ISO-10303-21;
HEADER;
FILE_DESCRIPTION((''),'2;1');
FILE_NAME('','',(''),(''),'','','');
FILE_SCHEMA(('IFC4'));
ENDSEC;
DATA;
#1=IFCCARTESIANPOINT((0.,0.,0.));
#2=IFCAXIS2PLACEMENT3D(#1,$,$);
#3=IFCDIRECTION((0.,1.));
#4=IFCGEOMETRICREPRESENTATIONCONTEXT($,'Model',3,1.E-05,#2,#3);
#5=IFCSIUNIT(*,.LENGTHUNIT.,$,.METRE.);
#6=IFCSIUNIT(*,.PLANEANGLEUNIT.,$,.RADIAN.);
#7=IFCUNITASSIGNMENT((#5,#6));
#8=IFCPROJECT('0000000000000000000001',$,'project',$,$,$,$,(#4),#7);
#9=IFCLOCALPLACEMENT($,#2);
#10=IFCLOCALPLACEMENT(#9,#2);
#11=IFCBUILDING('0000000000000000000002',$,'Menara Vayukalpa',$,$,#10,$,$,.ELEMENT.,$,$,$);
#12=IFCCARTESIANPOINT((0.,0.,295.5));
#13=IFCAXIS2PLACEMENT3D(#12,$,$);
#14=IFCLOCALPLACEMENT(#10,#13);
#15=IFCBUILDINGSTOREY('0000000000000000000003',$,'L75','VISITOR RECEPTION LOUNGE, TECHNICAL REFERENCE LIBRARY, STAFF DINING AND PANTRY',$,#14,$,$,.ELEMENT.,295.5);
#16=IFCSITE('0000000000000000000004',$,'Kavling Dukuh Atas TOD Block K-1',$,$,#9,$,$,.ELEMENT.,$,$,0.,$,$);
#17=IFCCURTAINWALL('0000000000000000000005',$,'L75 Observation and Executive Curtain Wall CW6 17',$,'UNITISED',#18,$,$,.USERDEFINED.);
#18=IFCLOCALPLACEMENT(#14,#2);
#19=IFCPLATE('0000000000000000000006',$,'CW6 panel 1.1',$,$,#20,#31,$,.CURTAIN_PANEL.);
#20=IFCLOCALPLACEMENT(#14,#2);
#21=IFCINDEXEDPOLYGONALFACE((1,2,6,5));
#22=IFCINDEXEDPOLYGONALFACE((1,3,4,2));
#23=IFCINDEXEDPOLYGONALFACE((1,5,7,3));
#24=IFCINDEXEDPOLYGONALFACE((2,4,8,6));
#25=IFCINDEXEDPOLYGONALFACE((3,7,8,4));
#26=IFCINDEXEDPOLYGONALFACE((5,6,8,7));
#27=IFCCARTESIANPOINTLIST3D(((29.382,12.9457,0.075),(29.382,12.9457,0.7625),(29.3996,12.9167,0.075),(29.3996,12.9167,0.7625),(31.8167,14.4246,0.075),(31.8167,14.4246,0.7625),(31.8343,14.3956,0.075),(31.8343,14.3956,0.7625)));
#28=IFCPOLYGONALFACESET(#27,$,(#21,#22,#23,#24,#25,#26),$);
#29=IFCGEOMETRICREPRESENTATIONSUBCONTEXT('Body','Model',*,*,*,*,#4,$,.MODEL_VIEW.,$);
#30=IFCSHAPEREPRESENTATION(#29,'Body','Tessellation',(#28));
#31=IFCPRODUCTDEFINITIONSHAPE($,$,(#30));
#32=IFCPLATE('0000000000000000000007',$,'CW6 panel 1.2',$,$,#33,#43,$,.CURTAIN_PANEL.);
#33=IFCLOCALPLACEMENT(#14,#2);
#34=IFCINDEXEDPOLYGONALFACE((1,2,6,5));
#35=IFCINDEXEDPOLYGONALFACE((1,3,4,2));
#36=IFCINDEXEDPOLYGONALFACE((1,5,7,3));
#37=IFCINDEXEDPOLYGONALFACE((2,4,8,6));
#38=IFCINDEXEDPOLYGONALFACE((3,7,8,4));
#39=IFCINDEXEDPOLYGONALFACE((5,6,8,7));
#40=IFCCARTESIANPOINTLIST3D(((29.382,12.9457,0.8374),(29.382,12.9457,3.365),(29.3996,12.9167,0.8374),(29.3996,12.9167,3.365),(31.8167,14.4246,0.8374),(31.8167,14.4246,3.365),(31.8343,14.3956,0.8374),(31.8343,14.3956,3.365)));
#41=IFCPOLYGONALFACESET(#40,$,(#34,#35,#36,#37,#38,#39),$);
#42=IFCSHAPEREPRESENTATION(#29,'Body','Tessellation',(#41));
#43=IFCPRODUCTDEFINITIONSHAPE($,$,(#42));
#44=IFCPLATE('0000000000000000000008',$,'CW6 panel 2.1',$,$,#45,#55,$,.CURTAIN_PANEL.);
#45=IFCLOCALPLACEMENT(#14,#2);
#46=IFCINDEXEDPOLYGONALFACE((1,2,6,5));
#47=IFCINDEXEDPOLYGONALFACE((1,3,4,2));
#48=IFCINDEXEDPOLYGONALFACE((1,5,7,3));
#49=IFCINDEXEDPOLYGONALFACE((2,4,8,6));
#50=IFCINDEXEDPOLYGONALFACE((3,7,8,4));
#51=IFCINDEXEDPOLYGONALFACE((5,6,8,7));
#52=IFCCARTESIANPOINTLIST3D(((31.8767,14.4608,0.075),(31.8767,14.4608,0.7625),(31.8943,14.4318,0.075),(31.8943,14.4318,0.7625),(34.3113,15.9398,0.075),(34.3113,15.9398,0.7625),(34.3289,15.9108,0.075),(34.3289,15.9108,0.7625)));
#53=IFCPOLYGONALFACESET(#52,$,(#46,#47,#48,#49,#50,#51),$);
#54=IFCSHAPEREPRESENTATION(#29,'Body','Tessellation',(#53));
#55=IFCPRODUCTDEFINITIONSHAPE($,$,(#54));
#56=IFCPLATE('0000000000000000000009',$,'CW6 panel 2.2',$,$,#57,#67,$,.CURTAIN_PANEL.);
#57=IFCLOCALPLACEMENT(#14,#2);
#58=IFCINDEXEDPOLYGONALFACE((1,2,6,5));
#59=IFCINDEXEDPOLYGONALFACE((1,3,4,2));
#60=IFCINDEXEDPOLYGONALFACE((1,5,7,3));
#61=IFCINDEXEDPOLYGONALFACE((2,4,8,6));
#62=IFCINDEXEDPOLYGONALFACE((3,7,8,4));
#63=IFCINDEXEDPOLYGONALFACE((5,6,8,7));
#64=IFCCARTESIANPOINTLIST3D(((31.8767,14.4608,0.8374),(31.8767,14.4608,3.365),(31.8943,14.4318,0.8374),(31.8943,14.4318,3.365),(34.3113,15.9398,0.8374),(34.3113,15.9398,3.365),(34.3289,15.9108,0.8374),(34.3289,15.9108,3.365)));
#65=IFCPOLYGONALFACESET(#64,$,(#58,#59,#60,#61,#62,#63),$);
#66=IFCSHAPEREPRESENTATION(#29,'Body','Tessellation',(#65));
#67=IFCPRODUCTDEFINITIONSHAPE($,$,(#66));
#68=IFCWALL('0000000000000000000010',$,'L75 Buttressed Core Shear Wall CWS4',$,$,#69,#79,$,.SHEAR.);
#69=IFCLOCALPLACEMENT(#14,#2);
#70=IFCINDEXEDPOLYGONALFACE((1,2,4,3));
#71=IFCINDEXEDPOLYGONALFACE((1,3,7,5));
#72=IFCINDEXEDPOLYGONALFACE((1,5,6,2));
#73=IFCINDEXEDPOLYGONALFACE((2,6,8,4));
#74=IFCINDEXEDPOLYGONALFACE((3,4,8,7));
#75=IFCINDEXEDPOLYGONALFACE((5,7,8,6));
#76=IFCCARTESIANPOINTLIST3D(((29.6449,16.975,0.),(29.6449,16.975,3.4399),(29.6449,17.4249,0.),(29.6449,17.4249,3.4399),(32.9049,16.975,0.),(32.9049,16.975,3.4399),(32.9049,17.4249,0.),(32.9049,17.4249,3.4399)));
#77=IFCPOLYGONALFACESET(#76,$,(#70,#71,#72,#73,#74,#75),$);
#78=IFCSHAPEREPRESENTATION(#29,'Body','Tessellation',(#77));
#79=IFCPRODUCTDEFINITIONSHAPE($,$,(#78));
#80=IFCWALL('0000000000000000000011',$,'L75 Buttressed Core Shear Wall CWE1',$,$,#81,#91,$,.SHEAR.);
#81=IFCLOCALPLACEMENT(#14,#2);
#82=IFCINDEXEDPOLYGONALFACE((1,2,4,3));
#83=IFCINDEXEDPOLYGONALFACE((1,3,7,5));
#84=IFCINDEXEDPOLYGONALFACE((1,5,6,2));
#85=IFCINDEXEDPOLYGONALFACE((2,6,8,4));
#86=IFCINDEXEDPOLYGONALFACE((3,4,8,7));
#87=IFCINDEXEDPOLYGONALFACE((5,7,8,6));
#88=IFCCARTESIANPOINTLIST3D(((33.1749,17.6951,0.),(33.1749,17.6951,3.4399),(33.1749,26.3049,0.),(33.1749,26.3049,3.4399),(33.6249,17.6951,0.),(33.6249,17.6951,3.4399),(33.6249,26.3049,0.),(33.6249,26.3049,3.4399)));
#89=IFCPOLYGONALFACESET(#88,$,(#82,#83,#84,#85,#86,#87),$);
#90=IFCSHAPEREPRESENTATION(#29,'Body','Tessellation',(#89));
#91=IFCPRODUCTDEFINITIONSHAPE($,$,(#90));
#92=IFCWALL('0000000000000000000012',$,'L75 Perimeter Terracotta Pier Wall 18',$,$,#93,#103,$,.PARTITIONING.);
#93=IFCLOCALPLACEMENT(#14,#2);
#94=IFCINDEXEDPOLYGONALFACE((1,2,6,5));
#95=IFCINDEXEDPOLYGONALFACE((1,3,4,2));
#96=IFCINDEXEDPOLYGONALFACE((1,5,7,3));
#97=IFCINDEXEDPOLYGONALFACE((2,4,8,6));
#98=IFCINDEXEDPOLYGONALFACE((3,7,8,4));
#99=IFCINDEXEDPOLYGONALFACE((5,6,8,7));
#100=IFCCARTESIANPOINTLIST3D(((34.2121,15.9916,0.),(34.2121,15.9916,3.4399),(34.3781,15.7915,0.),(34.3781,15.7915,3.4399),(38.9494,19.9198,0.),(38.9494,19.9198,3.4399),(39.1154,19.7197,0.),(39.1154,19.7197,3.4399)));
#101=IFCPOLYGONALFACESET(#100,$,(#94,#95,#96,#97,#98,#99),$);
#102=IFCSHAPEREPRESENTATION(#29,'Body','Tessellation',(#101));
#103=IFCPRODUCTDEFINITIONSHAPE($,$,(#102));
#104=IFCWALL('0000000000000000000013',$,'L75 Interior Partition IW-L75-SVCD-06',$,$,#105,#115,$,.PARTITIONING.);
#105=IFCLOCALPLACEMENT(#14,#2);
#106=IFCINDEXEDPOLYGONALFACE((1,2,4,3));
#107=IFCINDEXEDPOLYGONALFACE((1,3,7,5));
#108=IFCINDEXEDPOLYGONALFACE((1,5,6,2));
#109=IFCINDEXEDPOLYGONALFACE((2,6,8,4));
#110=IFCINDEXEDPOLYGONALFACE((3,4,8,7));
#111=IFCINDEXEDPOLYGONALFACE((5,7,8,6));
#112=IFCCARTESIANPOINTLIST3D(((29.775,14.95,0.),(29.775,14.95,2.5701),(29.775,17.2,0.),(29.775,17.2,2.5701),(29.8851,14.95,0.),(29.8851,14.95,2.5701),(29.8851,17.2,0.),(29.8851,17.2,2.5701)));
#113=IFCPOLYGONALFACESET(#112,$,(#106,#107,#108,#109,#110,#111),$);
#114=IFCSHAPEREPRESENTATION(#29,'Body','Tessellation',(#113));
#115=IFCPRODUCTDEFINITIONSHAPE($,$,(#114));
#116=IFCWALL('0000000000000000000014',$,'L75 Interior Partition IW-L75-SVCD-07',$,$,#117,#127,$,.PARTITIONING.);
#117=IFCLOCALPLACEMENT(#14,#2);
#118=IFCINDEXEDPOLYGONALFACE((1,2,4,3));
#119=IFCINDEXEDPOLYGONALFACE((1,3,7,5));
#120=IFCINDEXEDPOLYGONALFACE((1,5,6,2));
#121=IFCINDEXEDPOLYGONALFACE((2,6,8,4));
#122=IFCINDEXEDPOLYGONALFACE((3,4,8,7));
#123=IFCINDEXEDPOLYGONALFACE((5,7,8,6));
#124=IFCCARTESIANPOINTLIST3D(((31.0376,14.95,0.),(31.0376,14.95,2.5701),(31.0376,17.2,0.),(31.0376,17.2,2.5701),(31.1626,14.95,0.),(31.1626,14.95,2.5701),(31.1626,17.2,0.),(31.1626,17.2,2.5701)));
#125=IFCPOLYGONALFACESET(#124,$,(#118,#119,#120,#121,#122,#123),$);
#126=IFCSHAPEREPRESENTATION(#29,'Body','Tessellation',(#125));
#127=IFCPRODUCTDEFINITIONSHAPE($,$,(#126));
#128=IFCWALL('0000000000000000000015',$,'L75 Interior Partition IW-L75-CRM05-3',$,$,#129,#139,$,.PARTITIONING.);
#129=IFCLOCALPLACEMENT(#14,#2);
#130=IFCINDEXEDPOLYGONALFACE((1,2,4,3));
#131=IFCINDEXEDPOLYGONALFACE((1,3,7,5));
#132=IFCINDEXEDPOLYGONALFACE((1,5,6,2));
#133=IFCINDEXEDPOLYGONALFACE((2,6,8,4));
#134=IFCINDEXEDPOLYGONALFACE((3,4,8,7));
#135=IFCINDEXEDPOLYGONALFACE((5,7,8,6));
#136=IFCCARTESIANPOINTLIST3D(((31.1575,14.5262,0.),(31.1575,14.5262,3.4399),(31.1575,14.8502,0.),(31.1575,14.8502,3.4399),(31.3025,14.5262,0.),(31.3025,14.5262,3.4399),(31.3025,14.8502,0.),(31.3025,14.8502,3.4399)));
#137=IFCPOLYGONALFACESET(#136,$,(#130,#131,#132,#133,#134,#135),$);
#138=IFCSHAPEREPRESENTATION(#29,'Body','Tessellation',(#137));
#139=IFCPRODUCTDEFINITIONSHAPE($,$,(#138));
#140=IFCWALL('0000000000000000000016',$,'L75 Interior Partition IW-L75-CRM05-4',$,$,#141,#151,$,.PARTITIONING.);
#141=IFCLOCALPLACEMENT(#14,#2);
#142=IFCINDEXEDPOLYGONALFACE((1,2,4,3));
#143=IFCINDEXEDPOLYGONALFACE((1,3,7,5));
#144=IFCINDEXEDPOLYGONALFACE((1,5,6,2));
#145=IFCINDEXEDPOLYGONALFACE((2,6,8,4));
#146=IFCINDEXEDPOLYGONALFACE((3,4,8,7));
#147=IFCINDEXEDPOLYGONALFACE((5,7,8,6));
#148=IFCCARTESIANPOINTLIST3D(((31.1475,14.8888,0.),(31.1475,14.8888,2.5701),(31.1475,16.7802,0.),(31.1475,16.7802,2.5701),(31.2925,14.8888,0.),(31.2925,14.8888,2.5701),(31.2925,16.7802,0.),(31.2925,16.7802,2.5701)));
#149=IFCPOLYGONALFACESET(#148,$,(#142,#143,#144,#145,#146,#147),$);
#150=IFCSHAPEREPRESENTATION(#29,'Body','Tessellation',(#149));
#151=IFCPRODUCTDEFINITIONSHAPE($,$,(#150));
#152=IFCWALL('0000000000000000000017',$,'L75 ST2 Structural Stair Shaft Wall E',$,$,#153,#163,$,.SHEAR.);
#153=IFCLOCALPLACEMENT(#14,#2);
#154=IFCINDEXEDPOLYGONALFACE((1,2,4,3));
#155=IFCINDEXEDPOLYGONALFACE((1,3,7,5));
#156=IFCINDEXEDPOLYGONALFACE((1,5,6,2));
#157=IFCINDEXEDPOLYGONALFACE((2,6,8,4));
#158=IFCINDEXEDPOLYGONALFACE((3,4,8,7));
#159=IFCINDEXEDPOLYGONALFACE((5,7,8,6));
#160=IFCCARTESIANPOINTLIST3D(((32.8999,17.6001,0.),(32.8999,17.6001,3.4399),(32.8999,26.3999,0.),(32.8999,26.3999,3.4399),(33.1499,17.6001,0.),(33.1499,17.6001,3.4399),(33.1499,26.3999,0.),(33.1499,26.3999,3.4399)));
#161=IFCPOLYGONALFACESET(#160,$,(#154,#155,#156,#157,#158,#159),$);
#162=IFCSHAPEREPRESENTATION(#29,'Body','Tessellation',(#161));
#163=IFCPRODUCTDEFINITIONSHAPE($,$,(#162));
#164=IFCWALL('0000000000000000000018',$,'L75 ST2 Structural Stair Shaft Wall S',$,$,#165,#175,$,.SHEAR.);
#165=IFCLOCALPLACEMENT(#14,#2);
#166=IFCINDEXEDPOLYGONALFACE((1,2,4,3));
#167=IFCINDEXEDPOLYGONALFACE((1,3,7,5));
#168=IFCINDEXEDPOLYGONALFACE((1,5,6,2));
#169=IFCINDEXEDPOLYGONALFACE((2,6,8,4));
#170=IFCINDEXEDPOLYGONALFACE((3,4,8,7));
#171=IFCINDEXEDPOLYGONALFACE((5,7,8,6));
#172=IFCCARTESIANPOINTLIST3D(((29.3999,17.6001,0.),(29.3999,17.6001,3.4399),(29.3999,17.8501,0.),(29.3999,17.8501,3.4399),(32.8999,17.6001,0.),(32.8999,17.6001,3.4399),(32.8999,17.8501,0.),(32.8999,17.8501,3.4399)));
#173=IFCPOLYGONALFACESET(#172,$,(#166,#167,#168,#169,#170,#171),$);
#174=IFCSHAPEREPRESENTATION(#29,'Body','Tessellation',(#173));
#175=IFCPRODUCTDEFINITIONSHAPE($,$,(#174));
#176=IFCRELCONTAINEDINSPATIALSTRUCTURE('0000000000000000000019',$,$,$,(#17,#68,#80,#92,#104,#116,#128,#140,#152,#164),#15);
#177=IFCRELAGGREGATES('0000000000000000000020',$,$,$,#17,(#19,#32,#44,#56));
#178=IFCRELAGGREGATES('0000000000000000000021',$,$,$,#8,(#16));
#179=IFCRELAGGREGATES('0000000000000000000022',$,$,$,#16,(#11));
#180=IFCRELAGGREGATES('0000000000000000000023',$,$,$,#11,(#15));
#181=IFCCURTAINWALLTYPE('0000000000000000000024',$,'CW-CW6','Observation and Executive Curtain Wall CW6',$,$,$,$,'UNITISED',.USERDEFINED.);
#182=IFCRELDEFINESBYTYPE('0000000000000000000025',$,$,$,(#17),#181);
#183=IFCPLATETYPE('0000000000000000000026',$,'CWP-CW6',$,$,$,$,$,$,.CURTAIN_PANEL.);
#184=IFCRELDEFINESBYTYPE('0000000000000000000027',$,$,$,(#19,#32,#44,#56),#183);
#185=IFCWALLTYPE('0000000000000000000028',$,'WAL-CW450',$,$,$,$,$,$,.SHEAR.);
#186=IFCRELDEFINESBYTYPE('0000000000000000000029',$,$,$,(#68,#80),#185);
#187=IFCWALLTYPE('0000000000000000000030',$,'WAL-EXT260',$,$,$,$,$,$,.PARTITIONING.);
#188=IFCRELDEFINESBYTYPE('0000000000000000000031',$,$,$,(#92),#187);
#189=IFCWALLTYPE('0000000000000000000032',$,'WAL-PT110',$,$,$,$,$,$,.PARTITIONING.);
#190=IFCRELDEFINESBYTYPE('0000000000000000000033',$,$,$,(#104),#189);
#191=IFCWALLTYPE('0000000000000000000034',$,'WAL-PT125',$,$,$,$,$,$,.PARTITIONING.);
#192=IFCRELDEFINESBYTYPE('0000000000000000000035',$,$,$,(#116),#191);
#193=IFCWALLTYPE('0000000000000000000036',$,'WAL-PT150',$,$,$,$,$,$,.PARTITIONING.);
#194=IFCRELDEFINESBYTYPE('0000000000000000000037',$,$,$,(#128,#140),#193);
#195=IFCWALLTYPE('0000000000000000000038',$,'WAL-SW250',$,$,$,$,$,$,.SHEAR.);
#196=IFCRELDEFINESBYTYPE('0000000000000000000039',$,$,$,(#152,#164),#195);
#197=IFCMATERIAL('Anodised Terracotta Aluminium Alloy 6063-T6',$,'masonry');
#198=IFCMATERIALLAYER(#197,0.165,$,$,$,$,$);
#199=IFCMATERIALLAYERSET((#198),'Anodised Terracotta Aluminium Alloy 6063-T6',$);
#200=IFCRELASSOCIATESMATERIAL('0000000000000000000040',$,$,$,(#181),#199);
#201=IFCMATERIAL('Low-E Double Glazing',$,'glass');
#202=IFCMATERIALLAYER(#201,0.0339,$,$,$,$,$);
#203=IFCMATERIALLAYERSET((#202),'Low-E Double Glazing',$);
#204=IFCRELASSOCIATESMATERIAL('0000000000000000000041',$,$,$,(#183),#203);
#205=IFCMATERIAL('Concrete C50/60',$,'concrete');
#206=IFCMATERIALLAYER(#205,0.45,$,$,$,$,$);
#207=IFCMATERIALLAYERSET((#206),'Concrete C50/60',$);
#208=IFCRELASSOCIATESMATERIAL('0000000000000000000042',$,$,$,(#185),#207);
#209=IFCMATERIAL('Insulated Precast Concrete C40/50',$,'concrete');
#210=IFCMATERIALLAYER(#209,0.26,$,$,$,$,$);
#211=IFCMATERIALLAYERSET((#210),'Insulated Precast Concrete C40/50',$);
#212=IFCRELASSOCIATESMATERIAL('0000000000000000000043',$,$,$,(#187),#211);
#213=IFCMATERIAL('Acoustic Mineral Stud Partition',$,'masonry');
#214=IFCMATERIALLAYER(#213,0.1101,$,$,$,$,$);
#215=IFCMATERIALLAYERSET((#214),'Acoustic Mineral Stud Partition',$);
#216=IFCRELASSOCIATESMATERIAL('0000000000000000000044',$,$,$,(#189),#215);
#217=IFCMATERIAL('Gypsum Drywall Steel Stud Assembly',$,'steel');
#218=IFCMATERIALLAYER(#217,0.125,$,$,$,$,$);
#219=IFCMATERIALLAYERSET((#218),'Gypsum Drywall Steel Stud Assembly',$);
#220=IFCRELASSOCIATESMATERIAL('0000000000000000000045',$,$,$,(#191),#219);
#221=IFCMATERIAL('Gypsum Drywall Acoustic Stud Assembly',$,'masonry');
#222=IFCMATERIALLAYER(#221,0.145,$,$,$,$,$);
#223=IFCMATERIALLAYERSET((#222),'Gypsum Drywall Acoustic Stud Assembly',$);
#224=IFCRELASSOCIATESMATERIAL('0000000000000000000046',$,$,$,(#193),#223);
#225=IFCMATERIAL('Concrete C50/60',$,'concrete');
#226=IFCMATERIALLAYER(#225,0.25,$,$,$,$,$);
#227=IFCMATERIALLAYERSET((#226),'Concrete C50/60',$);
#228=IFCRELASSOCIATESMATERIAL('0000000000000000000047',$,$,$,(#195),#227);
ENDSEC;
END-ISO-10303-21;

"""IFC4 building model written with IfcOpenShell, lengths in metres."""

from ifc_helpers import new_model, si_unit, direction, frame, frame_2d, origin, origin_2d, place, context, subcontext, project, spatial, rectangle, extrude, material, layer, layer_set, type_object, element, aggregate, save


model = new_model("IFC4")

# Units and contexts
model_context = context("Model", 3, precision=1e-05, world=origin(), true_north=direction((0.0, 1.0)))
body_context = subcontext(model_context, "Body", "Model", "MODEL_VIEW")
ifc_project = project(units=[si_unit("LENGTHUNIT", "METRE"), si_unit("PLANEANGLEUNIT", "RADIAN")], contexts=[model_context])

# Site, building, storey
site_placement = place(None, origin())
site = spatial("IfcSite", under=ifc_project, at=site_placement, Name="Kavling Dukuh Atas TOD Block K-1", CompositionType="ELEMENT", RefElevation=0.0)
building_placement = place(site_placement, origin())
building = spatial("IfcBuilding", under=site, at=building_placement, Name="Menara Vayukalpa", CompositionType="ELEMENT")
storey_placement = place(building_placement, frame((0.0, 0.0, 295.5)))
storey = spatial("IfcBuildingStorey", under=building, at=storey_placement, Name="L75", Description="VISITOR RECEPTION LOUNGE, TECHNICAL REFERENCE LIBRARY, STAFF DINING AND PANTRY", CompositionType="ELEMENT", Elevation=295.5)

# Curtain wall, plates
ifc_material_1 = material(Name="Anodised Terracotta Aluminium Alloy 6063-T6", Category="masonry")
ifc_layer_1 = layer(ifc_material_1, 0.165)
ifc_layer_set_1 = layer_set([ifc_layer_1], Name="Anodised Terracotta Aluminium Alloy 6063-T6")
curtain_wall_type = type_object("IfcCurtainWallType", Name="CW-CW6", Description="Observation and Executive Curtain Wall CW6", ElementType="UNITISED", PredefinedType="USERDEFINED", material=ifc_layer_set_1)
curtain_wall_placement = place(storey_placement, origin())
curtain_wall = element("IfcCurtainWall", 1, at=curtain_wall_placement, inside=storey, type_object=curtain_wall_type, Name="L75 Observation and Executive Curtain Wall CW6 17", ObjectType="UNITISED", PredefinedType="USERDEFINED")
ifc_material_2 = material(Name="Low-E Double Glazing", Category="glass")
ifc_layer_2 = layer(ifc_material_2, 0.0339)
ifc_layer_set_2 = layer_set([ifc_layer_2], Name="Low-E Double Glazing")
plate_type = type_object("IfcPlateType", Name="CWP-CW6", PredefinedType="CURTAIN_PANEL", material=ifc_layer_set_2)
plate_1_placement = place(storey_placement, frame((30.6082, 13.6707, 0.075), z_axis=(0.0, 0.0, 1.0), x_axis=(0.854668, 0.519176, 0.0)))
plate_1 = element("IfcPlate", 2, at=plate_1_placement, type_object=plate_type, Name="CW6 panel 1.1", PredefinedType="CURTAIN_PANEL", context=body_context, shape_type="SweptSolid", body=[
    extrude(rectangle(XDim=2.8486, YDim=0.0339, at=origin_2d()), origin(), (0.0, 0.0, 1.0), 0.6875),
])
plate_2_placement = place(storey_placement, frame((30.6082, 13.6707, 0.8374), z_axis=(0.0, 0.0, 1.0), x_axis=(0.854668, 0.519176, 0.0)))
plate_2 = element("IfcPlate", 3, at=plate_2_placement, type_object=plate_type, Name="CW6 panel 1.2", PredefinedType="CURTAIN_PANEL", context=body_context, shape_type="SweptSolid", body=[
    extrude(rectangle(XDim=2.8486, YDim=0.0339, at=origin_2d()), origin(), (0.0, 0.0, 1.0), 2.5276),
])
plate_3_placement = place(storey_placement, frame((33.1028, 15.1858, 0.075), z_axis=(0.0, 0.0, 1.0), x_axis=(0.854668, 0.519176, 0.0)))
plate_3 = element("IfcPlate", 4, at=plate_3_placement, type_object=plate_type, Name="CW6 panel 2.1", PredefinedType="CURTAIN_PANEL", context=body_context, shape_type="SweptSolid", body=[
    extrude(rectangle(XDim=2.8486, YDim=0.0339, at=origin_2d()), origin(), (0.0, 0.0, 1.0), 0.6875),
])
plate_4_placement = place(storey_placement, frame((33.1028, 15.1858, 0.8374), z_axis=(0.0, 0.0, 1.0), x_axis=(0.854668, 0.519176, 0.0)))
plate_4 = element("IfcPlate", 5, at=plate_4_placement, type_object=plate_type, Name="CW6 panel 2.2", PredefinedType="CURTAIN_PANEL", context=body_context, shape_type="SweptSolid", body=[
    extrude(rectangle(XDim=2.8486, YDim=0.0339, at=origin_2d()), origin(), (0.0, 0.0, 1.0), 2.5276),
])
aggregate(curtain_wall, [plate_1, plate_2, plate_3, plate_4])

# Walls
ifc_material_3 = material(Name="Concrete C50/60", Category="concrete")
ifc_layer_3 = layer(ifc_material_3, 0.45)
ifc_layer_set_3 = layer_set([ifc_layer_3], Name="Concrete C50/60")
wall_type_1 = type_object("IfcWallType", Name="WAL-CW450", PredefinedType="SHEAR", material=ifc_layer_set_3)
wall_1_placement = place(storey_placement, frame((29.645, 17.2, 0.0), z_axis=(0.0, 0.0, 1.0), x_axis=(1.0, 0.0, 0.0)))
element("IfcWall", 6, at=wall_1_placement, inside=storey, type_object=wall_type_1, Name="L75 Buttressed Core Shear Wall CWS4", PredefinedType="SHEAR", context=body_context, shape_type="SweptSolid", body=[
    extrude(rectangle(XDim=3.26, YDim=0.45, at=frame_2d((1.6299, 0.0))), origin(), (0.0, 0.0, 1.0), 3.4399),
])
wall_2_placement = place(storey_placement, frame((33.3999, 17.6951, 0.0), z_axis=(0.0, 0.0, 1.0), x_axis=(0.0, 1.0, 0.0)))
element("IfcWall", 7, at=wall_2_placement, inside=storey, type_object=wall_type_1, Name="L75 Buttressed Core Shear Wall CWE1", PredefinedType="SHEAR", context=body_context, shape_type="SweptSolid", body=[
    extrude(rectangle(XDim=8.6099, YDim=0.45, at=frame_2d((4.3049, 0.0))), origin(), (0.0, 0.0, 1.0), 3.4399),
])
ifc_material_4 = material(Name="Insulated Precast Concrete C40/50", Category="concrete")
ifc_layer_4 = layer(ifc_material_4, 0.26)
ifc_layer_set_4 = layer_set([ifc_layer_4], Name="Insulated Precast Concrete C40/50")
wall_type_2 = type_object("IfcWallType", Name="WAL-EXT260", PredefinedType="PARTITIONING", material=ifc_layer_set_4)
wall_3_placement = place(storey_placement, frame((39.0325, 19.8198, 0.0), z_axis=(0.0, 0.0, 1.0), x_axis=(-0.76978, -0.638309, 0.0)))
element("IfcWall", 8, at=wall_3_placement, inside=storey, type_object=wall_type_2, Name="L75 Perimeter Terracotta Pier Wall 18", PredefinedType="PARTITIONING", context=body_context, shape_type="SweptSolid", body=[
    extrude(rectangle(XDim=6.1541, YDim=0.26, at=frame_2d((3.0771, 0.0))), origin(), (0.0, 0.0, 1.0), 3.4399),
])
ifc_material_5 = material(Name="Acoustic Mineral Stud Partition", Category="masonry")
ifc_layer_5 = layer(ifc_material_5, 0.1101)
ifc_layer_set_5 = layer_set([ifc_layer_5], Name="Acoustic Mineral Stud Partition")
wall_type_3 = type_object("IfcWallType", Name="WAL-PT110", PredefinedType="PARTITIONING", material=ifc_layer_set_5)
wall_4_placement = place(storey_placement, frame((29.8301, 14.95, 0.0), z_axis=(0.0, 0.0, 1.0), x_axis=(0.0, 1.0, 0.0)))
element("IfcWall", 9, at=wall_4_placement, inside=storey, type_object=wall_type_3, Name="L75 Interior Partition IW-L75-SVCD-06", PredefinedType="PARTITIONING", context=body_context, shape_type="SweptSolid", body=[
    extrude(rectangle(XDim=2.25, YDim=0.1101, at=frame_2d((1.125, 0.0))), origin(), (0.0, 0.0, 1.0), 2.5701),
])
ifc_material_6 = material(Name="Gypsum Drywall Steel Stud Assembly", Category="steel")
ifc_layer_6 = layer(ifc_material_6, 0.125)
ifc_layer_set_6 = layer_set([ifc_layer_6], Name="Gypsum Drywall Steel Stud Assembly")
wall_type_4 = type_object("IfcWallType", Name="WAL-PT125", PredefinedType="PARTITIONING", material=ifc_layer_set_6)
wall_5_placement = place(storey_placement, frame((31.1001, 14.95, 0.0), z_axis=(0.0, 0.0, 1.0), x_axis=(0.0, 1.0, 0.0)))
element("IfcWall", 10, at=wall_5_placement, inside=storey, type_object=wall_type_4, Name="L75 Interior Partition IW-L75-SVCD-07", PredefinedType="PARTITIONING", context=body_context, shape_type="SweptSolid", body=[
    extrude(rectangle(XDim=2.25, YDim=0.125, at=frame_2d((1.125, 0.0))), origin(), (0.0, 0.0, 1.0), 2.5701),
])
ifc_material_7 = material(Name="Gypsum Drywall Acoustic Stud Assembly", Category="masonry")
ifc_layer_7 = layer(ifc_material_7, 0.145)
ifc_layer_set_7 = layer_set([ifc_layer_7], Name="Gypsum Drywall Acoustic Stud Assembly")
wall_type_5 = type_object("IfcWallType", Name="WAL-PT150", PredefinedType="PARTITIONING", material=ifc_layer_set_7)
wall_6_placement = place(storey_placement, frame((31.23, 14.5261, 0.0), z_axis=(0.0, 0.0, 1.0), x_axis=(0.0, 1.0, 0.0)))
element("IfcWall", 11, at=wall_6_placement, inside=storey, type_object=wall_type_5, Name="L75 Interior Partition IW-L75-CRM05-3", PredefinedType="PARTITIONING", context=body_context, shape_type="SweptSolid", body=[
    extrude(rectangle(XDim=0.324, YDim=0.145, at=frame_2d((0.1621, 0.0))), origin(), (0.0, 0.0, 1.0), 3.4399),
])
wall_7_placement = place(storey_placement, frame((31.22, 14.8887, 0.0), z_axis=(0.0, 0.0, 1.0), x_axis=(0.0, 1.0, 0.0)))
element("IfcWall", 12, at=wall_7_placement, inside=storey, type_object=wall_type_5, Name="L75 Interior Partition IW-L75-CRM05-4", PredefinedType="PARTITIONING", context=body_context, shape_type="SweptSolid", body=[
    extrude(rectangle(XDim=1.8914, YDim=0.145, at=frame_2d((0.9458, 0.0))), origin(), (0.0, 0.0, 1.0), 2.5701),
])
ifc_material_8 = material(Name="Concrete C50/60", Category="concrete")
ifc_layer_8 = layer(ifc_material_8, 0.25)
ifc_layer_set_8 = layer_set([ifc_layer_8], Name="Concrete C50/60")
wall_type_6 = type_object("IfcWallType", Name="WAL-SW250", PredefinedType="SHEAR", material=ifc_layer_set_8)
wall_8_placement = place(storey_placement, frame((33.0249, 17.6001, 0.0), z_axis=(0.0, 0.0, 1.0), x_axis=(0.0, 1.0, 0.0)))
element("IfcWall", 13, at=wall_8_placement, inside=storey, type_object=wall_type_6, Name="L75 ST2 Structural Stair Shaft Wall E", PredefinedType="SHEAR", context=body_context, shape_type="SweptSolid", body=[
    extrude(rectangle(XDim=8.7998, YDim=0.25, at=frame_2d((4.3999, 0.0))), origin(), (0.0, 0.0, 1.0), 3.4399),
])
wall_9_placement = place(storey_placement, frame((29.3999, 17.7251, 0.0), z_axis=(0.0, 0.0, 1.0), x_axis=(1.0, 0.0, 0.0)))
element("IfcWall", 14, at=wall_9_placement, inside=storey, type_object=wall_type_6, Name="L75 ST2 Structural Stair Shaft Wall S", PredefinedType="SHEAR", context=body_context, shape_type="SweptSolid", body=[
    extrude(rectangle(XDim=3.5, YDim=0.25, at=frame_2d((1.75, 0.0))), origin(), (0.0, 0.0, 1.0), 3.4399),
])

save(model, "model.ifc")
